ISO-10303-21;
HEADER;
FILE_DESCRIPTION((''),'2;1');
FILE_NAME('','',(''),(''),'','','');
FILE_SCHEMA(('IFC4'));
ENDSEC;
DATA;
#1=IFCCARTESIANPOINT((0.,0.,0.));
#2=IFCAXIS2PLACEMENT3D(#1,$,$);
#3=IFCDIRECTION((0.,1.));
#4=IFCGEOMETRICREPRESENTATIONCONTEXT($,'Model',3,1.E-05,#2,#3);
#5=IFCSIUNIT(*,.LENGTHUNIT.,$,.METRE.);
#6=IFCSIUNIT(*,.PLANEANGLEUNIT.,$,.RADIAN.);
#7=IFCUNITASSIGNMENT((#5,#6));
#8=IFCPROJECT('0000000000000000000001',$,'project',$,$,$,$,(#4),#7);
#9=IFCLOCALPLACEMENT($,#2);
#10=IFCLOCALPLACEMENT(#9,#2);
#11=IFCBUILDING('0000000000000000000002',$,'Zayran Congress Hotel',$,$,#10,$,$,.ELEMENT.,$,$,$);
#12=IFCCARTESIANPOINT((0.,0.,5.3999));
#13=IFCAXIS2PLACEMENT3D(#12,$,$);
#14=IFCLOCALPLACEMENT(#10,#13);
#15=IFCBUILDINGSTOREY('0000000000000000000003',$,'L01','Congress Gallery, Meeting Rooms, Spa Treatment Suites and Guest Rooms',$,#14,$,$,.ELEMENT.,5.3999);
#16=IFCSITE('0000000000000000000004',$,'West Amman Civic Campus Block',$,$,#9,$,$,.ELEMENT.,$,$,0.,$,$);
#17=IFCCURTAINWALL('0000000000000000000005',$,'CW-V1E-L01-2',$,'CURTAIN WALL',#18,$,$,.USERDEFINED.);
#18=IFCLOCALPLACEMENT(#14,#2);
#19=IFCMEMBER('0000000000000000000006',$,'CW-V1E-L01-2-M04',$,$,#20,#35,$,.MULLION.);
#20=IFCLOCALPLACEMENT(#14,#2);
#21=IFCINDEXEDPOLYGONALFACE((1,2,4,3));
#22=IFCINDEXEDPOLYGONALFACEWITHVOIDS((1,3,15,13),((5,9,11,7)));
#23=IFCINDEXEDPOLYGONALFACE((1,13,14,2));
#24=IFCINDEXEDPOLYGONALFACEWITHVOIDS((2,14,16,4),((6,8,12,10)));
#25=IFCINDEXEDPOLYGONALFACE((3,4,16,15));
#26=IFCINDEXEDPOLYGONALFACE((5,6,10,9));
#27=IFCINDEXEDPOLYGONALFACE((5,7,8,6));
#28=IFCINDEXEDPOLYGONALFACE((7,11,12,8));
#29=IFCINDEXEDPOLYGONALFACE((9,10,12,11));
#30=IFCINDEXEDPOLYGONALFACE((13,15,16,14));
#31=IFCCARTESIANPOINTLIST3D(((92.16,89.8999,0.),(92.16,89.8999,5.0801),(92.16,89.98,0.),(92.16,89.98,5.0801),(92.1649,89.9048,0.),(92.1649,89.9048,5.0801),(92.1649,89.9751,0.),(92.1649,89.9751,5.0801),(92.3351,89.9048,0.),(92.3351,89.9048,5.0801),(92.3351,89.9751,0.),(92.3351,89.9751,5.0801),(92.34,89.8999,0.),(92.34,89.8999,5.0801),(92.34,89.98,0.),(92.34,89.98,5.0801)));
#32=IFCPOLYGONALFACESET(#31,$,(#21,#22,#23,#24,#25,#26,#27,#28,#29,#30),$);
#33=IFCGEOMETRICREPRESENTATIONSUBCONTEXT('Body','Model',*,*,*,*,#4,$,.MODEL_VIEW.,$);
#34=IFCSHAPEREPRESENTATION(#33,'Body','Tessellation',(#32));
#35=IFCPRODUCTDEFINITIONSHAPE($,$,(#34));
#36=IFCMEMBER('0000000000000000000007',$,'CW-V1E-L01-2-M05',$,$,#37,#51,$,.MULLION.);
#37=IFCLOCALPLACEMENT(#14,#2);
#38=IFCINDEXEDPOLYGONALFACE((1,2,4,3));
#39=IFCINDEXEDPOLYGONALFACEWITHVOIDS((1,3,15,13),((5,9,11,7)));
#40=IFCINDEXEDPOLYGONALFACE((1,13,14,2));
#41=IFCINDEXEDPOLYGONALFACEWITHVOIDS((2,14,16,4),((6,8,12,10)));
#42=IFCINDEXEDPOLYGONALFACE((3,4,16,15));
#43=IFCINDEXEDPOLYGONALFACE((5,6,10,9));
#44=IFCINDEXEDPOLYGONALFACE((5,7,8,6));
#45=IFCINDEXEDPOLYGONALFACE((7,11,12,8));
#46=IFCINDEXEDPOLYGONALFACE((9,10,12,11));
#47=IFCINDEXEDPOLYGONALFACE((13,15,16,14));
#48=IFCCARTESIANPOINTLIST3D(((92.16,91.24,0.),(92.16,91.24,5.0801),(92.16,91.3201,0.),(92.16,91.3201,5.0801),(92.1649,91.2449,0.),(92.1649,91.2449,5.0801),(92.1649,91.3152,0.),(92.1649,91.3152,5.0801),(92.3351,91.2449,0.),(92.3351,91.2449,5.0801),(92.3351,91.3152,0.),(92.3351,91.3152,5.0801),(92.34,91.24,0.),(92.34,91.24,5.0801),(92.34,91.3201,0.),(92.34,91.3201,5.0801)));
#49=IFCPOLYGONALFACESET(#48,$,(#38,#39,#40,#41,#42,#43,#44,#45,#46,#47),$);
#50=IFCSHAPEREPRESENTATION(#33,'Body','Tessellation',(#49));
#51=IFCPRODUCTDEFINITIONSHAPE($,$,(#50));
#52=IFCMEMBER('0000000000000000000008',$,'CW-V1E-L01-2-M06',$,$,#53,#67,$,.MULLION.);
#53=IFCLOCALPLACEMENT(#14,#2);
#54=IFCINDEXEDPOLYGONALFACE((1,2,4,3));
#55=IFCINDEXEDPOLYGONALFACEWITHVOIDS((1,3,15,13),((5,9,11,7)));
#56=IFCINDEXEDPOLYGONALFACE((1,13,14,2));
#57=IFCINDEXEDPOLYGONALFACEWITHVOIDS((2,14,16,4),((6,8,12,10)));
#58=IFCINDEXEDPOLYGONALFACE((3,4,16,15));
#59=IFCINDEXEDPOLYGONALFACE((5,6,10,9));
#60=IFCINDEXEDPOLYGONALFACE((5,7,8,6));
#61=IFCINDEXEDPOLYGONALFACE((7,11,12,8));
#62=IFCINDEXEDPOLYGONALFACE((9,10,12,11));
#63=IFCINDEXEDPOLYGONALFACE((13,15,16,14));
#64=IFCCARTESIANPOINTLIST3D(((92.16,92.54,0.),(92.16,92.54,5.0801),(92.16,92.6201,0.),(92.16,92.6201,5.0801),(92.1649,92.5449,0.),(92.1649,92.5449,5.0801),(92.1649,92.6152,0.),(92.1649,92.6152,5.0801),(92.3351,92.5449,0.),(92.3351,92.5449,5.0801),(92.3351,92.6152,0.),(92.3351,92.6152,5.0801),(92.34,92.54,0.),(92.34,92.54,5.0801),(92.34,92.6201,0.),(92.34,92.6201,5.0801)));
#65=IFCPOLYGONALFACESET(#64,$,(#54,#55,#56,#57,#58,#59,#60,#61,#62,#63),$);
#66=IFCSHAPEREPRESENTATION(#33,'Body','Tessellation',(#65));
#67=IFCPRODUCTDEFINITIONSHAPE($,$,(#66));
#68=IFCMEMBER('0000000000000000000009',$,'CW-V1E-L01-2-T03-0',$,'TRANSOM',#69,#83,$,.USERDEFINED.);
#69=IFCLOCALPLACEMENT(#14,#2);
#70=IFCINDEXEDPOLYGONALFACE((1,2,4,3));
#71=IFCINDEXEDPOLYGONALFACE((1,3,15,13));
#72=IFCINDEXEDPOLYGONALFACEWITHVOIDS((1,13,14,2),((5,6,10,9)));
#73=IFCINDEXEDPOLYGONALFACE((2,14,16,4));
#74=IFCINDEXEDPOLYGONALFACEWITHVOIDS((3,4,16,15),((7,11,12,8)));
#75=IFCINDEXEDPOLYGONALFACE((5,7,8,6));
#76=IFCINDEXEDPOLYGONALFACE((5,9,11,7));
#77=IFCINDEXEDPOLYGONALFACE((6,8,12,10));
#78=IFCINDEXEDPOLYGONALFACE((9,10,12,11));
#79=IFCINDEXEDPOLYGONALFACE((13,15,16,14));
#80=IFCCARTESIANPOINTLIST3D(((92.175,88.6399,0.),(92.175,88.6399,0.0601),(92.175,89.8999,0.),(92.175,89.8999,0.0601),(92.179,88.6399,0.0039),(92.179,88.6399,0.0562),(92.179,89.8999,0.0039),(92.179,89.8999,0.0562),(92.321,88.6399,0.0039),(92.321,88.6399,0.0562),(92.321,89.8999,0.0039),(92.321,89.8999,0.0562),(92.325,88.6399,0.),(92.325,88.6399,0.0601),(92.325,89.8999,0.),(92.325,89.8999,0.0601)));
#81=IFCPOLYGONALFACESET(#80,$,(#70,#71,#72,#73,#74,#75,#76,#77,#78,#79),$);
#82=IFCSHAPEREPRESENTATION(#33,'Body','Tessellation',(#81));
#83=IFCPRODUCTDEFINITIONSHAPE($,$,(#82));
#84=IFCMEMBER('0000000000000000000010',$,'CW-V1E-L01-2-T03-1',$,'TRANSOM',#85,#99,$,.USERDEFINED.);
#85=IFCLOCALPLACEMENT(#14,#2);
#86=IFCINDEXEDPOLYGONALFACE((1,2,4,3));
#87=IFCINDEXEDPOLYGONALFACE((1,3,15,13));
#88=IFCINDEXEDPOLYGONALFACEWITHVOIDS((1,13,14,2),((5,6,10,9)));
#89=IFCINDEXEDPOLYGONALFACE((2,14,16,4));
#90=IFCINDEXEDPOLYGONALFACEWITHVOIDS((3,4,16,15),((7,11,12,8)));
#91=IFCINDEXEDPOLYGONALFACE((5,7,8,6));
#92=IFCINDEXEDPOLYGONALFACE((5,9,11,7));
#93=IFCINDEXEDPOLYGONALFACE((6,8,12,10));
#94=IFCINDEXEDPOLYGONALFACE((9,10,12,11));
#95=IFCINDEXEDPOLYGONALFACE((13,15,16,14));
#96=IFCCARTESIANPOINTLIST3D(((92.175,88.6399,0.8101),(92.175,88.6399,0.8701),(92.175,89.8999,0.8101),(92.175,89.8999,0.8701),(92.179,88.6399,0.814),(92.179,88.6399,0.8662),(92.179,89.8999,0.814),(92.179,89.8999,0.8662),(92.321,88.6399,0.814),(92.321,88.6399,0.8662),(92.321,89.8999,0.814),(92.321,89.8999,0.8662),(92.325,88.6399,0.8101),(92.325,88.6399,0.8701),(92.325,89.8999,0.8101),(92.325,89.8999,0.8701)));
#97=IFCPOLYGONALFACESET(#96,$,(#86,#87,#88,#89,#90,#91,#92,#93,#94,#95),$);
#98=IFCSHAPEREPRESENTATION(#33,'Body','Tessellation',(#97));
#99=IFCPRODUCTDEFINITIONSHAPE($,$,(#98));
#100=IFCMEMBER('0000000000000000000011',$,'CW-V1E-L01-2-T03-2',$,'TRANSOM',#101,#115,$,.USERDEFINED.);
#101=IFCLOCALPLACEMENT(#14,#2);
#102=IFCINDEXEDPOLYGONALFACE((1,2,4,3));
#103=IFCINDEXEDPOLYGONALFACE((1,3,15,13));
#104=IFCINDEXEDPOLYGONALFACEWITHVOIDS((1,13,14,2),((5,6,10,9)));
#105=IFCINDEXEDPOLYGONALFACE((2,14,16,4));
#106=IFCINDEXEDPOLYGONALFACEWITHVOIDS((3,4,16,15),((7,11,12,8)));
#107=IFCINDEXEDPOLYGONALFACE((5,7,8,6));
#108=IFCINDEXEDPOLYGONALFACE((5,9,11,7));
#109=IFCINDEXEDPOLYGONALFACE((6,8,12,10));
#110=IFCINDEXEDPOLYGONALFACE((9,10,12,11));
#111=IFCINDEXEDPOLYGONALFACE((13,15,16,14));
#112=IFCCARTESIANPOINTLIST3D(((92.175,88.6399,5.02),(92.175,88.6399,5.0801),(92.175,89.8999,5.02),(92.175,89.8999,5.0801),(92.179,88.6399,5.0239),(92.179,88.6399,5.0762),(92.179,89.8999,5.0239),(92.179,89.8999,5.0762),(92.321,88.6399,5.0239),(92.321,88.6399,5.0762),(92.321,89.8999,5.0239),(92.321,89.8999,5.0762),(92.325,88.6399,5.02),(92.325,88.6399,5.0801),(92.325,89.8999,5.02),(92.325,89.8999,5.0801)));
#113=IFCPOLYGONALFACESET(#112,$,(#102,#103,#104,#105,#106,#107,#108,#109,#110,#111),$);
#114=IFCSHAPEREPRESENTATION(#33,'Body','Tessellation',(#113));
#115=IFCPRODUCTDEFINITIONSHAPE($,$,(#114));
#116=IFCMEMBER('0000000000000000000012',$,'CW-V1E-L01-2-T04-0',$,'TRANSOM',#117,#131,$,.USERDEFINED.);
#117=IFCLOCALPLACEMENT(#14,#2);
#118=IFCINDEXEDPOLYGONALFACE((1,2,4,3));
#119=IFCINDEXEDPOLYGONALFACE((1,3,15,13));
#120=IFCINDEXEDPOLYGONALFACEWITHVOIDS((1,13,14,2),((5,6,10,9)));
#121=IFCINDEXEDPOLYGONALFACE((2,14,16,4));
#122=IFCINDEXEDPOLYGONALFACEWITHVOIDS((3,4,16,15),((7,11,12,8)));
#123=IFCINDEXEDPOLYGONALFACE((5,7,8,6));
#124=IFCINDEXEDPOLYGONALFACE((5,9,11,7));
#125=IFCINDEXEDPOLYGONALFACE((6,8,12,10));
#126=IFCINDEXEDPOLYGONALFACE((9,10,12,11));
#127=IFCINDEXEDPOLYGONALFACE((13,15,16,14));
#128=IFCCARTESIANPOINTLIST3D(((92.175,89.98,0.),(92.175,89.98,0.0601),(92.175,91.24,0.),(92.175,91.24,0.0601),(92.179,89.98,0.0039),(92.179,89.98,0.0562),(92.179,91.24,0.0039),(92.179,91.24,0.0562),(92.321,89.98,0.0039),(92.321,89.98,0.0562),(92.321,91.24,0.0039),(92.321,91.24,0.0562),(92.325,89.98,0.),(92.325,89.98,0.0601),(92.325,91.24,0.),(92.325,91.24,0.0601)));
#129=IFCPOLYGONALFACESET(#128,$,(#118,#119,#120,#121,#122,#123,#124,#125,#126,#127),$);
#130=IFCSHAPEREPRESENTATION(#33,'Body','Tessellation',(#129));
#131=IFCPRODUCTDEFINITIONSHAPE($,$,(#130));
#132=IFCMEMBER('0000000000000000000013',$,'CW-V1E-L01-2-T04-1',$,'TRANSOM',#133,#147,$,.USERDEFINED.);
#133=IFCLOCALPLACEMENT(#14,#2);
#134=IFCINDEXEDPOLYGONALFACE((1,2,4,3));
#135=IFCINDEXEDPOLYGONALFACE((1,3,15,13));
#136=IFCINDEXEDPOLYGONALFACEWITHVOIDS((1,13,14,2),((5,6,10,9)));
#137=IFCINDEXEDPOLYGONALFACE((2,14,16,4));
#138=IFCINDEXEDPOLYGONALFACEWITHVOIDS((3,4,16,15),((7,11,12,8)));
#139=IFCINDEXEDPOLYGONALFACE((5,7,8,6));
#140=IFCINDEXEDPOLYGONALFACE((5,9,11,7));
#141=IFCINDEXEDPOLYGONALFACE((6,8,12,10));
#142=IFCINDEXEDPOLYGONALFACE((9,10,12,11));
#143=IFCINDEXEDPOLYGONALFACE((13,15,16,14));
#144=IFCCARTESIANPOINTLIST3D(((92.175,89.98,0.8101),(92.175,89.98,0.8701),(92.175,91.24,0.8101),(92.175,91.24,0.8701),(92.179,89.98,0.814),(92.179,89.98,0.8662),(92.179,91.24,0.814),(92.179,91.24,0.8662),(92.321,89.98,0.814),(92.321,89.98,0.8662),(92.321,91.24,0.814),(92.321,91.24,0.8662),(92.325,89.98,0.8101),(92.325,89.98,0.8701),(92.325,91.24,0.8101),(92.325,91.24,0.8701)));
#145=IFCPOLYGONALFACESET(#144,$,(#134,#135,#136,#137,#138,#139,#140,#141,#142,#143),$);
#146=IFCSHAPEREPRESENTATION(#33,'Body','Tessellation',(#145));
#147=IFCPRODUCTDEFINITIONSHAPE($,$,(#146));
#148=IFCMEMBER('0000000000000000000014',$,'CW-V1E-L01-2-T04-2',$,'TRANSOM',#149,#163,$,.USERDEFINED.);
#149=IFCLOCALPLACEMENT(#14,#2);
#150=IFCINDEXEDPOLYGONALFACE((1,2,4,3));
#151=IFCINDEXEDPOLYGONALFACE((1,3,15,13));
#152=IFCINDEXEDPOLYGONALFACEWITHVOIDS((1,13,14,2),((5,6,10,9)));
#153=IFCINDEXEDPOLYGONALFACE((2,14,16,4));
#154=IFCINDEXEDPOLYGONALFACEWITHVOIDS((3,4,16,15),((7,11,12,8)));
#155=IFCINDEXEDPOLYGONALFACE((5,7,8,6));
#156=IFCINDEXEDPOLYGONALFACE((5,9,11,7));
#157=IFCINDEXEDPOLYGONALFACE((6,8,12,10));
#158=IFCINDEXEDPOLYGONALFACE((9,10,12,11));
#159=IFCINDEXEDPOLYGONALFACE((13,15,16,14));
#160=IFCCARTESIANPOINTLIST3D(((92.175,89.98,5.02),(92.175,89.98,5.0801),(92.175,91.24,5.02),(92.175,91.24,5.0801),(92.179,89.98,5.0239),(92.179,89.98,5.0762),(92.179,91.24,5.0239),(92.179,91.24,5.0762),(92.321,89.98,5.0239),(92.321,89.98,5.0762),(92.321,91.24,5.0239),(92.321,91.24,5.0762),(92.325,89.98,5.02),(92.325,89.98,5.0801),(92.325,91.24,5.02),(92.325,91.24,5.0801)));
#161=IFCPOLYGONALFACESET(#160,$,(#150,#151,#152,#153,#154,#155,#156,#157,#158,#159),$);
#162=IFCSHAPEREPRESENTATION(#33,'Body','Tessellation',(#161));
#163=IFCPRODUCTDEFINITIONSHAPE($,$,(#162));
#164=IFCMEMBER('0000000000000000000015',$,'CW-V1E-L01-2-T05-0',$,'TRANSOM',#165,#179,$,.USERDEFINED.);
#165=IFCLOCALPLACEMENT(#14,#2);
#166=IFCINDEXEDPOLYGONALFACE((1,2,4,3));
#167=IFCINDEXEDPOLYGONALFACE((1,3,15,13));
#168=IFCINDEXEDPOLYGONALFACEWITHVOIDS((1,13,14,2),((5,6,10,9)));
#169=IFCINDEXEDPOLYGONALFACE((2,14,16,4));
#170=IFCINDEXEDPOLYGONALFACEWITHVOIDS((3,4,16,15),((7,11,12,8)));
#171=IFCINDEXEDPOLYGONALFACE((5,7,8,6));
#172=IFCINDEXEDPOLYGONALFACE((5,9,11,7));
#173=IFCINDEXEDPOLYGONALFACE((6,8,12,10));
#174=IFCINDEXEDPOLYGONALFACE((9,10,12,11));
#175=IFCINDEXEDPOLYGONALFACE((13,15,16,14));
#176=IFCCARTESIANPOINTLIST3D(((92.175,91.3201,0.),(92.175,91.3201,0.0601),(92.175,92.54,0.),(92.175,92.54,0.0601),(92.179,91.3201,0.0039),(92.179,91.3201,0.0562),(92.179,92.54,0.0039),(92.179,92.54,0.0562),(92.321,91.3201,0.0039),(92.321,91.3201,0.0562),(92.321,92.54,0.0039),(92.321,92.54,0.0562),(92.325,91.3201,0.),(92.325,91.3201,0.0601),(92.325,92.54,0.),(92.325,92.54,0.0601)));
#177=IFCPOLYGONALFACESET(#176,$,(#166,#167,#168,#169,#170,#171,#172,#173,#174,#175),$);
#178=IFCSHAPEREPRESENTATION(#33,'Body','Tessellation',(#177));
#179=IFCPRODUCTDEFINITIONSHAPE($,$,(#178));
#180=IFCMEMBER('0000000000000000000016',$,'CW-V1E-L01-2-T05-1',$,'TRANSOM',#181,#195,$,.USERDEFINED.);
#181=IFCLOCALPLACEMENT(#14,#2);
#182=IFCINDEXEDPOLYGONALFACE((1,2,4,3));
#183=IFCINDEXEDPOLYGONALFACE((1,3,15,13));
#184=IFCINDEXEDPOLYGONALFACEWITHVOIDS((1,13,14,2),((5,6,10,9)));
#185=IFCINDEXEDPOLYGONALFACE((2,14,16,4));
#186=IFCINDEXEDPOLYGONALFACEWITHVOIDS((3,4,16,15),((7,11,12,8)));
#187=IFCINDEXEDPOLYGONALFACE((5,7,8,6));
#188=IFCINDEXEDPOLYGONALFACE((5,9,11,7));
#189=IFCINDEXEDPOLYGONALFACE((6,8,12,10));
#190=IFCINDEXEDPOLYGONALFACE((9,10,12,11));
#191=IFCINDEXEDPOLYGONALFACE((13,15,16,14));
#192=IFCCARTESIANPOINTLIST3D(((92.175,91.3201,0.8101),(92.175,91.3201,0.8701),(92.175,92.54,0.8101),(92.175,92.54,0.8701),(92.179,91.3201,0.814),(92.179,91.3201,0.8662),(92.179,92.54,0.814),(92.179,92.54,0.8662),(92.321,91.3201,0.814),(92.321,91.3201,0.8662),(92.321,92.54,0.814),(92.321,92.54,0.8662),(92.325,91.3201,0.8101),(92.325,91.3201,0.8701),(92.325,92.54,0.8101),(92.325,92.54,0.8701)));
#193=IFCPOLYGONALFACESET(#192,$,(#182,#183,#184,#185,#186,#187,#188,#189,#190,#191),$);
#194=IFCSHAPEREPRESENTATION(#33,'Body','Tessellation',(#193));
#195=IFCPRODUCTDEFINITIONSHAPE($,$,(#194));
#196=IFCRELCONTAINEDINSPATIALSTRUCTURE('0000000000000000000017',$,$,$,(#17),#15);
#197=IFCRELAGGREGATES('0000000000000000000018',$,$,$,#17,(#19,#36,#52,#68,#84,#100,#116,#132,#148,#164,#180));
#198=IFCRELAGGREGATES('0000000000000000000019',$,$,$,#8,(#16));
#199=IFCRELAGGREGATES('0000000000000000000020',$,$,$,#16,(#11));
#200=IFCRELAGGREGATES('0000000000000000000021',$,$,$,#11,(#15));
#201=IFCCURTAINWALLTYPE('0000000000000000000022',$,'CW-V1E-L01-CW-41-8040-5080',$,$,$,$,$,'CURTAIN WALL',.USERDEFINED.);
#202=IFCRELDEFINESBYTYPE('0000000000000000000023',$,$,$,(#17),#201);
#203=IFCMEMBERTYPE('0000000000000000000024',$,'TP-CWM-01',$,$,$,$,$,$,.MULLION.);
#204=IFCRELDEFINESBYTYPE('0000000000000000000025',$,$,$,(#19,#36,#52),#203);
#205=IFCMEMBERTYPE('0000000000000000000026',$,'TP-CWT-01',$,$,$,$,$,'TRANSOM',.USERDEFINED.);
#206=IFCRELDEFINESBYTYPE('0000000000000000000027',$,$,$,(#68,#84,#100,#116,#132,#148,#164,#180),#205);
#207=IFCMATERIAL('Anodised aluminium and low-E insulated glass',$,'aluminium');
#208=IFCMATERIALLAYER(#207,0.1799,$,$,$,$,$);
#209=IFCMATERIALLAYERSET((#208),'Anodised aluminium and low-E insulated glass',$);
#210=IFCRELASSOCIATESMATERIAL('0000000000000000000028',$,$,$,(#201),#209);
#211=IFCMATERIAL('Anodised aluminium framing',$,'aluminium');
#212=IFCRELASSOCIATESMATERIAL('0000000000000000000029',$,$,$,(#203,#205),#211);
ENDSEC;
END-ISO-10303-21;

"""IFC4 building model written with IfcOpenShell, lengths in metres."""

from ifc_helpers import new_model, si_unit, direction, frame, origin, origin_2d, place, context, subcontext, project, spatial, hollow_rectangle, extrude, material, layer, layer_set, material_profile, profile_set, type_object, element, aggregate, save


model = new_model("IFC4")

# Units and contexts
model_context = context("Model", 3, precision=1e-05, world=origin(), true_north=direction((0.0, 1.0)))
body_context = subcontext(model_context, "Body", "Model", "MODEL_VIEW")
ifc_project = project(units=[si_unit("LENGTHUNIT", "METRE"), si_unit("PLANEANGLEUNIT", "RADIAN")], contexts=[model_context])

# Site, building, storey
site_placement = place(None, origin())
site = spatial("IfcSite", under=ifc_project, at=site_placement, Name="West Amman Civic Campus Block", CompositionType="ELEMENT", RefElevation=0.0)
building_placement = place(site_placement, origin())
building = spatial("IfcBuilding", under=site, at=building_placement, Name="Zayran Congress Hotel", CompositionType="ELEMENT")
storey_placement = place(building_placement, frame((0.0, 0.0, 5.3999)))
storey = spatial("IfcBuildingStorey", under=building, at=storey_placement, Name="L01", Description="Congress Gallery, Meeting Rooms, Spa Treatment Suites and Guest Rooms", CompositionType="ELEMENT", Elevation=5.3999)

# Curtain wall, members
ifc_material_1 = material(Name="Anodised aluminium and low-E insulated glass", Category="aluminium")
ifc_layer_1 = layer(ifc_material_1, 0.1799)
ifc_layer_set_1 = layer_set([ifc_layer_1], Name="Anodised aluminium and low-E insulated glass")
curtain_wall_type_1 = type_object("IfcCurtainWallType", Name="CW-V1E-L01-CW-41-8040-5080", ElementType="CURTAIN WALL", PredefinedType="USERDEFINED", material=ifc_layer_set_1)
curtain_wall_1_placement = place(storey_placement, origin())
curtain_wall_1 = element("IfcCurtainWall", 1, at=curtain_wall_1_placement, inside=storey, type_object=curtain_wall_type_1, Name="CW-V1E-L01-2", ObjectType="CURTAIN WALL", PredefinedType="USERDEFINED")
ifc_material_2 = material(Name="Anodised aluminium framing", Category="aluminium")
ifc_material_profile_1 = material_profile(ifc_material_2, hollow_rectangle(XDim=0.0801, YDim=0.1799, WallThickness=0.0049, at=origin_2d()), Name="RHS 180x80x5")
ifc_profile_set_1 = profile_set([ifc_material_profile_1], Name="Anodised aluminium framing")
member_type_1 = type_object("IfcMemberType", Name="TP-CWM-01", PredefinedType="MULLION", material=ifc_profile_set_1)
member_1_placement = place(storey_placement, frame((92.25, 89.9399, 0.0), z_axis=(0.0, 0.0, 1.0), x_axis=(0.0, 1.0, 0.0)))
member_1 = element("IfcMember", 2, at=member_1_placement, type_object=member_type_1, Name="CW-V1E-L01-2-M04", PredefinedType="MULLION", context=body_context, shape_type="SweptSolid", body=[
    extrude(hollow_rectangle(XDim=0.0801, YDim=0.1799, WallThickness=0.0049, at=origin_2d()), origin(), (0.0, 0.0, 1.0), 5.0801),
])
member_2_placement = place(storey_placement, frame((92.25, 91.28, 0.0), z_axis=(0.0, 0.0, 1.0), x_axis=(0.0, 1.0, 0.0)))
member_2 = element("IfcMember", 3, at=member_2_placement, type_object=member_type_1, Name="CW-V1E-L01-2-M05", PredefinedType="MULLION", context=body_context, shape_type="SweptSolid", body=[
    extrude(hollow_rectangle(XDim=0.0801, YDim=0.1799, WallThickness=0.0049, at=origin_2d()), origin(), (0.0, 0.0, 1.0), 5.0801),
])
member_3_placement = place(storey_placement, frame((92.25, 92.5801, 0.0), z_axis=(0.0, 0.0, 1.0), x_axis=(0.0, 1.0, 0.0)))
member_3 = element("IfcMember", 4, at=member_3_placement, type_object=member_type_1, Name="CW-V1E-L01-2-M06", PredefinedType="MULLION", context=body_context, shape_type="SweptSolid", body=[
    extrude(hollow_rectangle(XDim=0.0801, YDim=0.1799, WallThickness=0.0049, at=origin_2d()), origin(), (0.0, 0.0, 1.0), 5.0801),
])
ifc_material_profile_2 = material_profile(ifc_material_2, hollow_rectangle(XDim=0.0601, YDim=0.1499, WallThickness=0.0039, at=origin_2d()), Name="RHS 150x60x4")
ifc_profile_set_2 = profile_set([ifc_material_profile_2], Name="Anodised aluminium framing")
member_type_2 = type_object("IfcMemberType", Name="TP-CWT-01", ElementType="TRANSOM", PredefinedType="USERDEFINED", material=ifc_profile_set_2)
member_4_placement = place(storey_placement, frame((92.25, 88.6399, 0.03), z_axis=(0.0, 1.0, 0.0), x_axis=(0.0, 0.0, 1.0)))
member_4 = element("IfcMember", 5, at=member_4_placement, type_object=member_type_2, Name="CW-V1E-L01-2-T03-0", ObjectType="TRANSOM", PredefinedType="USERDEFINED", context=body_context, shape_type="SweptSolid", body=[
    extrude(hollow_rectangle(XDim=0.0601, YDim=0.1499, WallThickness=0.0039, at=origin_2d()), origin(), (0.0, 0.0, 1.0), 1.26),
])
member_5_placement = place(storey_placement, frame((92.25, 88.6399, 0.8401), z_axis=(0.0, 1.0, 0.0), x_axis=(0.0, 0.0, 1.0)))
member_5 = element("IfcMember", 6, at=member_5_placement, type_object=member_type_2, Name="CW-V1E-L01-2-T03-1", ObjectType="TRANSOM", PredefinedType="USERDEFINED", context=body_context, shape_type="SweptSolid", body=[
    extrude(hollow_rectangle(XDim=0.0601, YDim=0.1499, WallThickness=0.0039, at=origin_2d()), origin(), (0.0, 0.0, 1.0), 1.26),
])
member_6_placement = place(storey_placement, frame((92.25, 88.6399, 5.05), z_axis=(0.0, 1.0, 0.0), x_axis=(0.0, 0.0, 1.0)))
member_6 = element("IfcMember", 7, at=member_6_placement, type_object=member_type_2, Name="CW-V1E-L01-2-T03-2", ObjectType="TRANSOM", PredefinedType="USERDEFINED", context=body_context, shape_type="SweptSolid", body=[
    extrude(hollow_rectangle(XDim=0.0601, YDim=0.1499, WallThickness=0.0039, at=origin_2d()), origin(), (0.0, 0.0, 1.0), 1.26),
])
member_7_placement = place(storey_placement, frame((92.25, 89.98, 0.03), z_axis=(0.0, 1.0, 0.0), x_axis=(0.0, 0.0, 1.0)))
member_7 = element("IfcMember", 8, at=member_7_placement, type_object=member_type_2, Name="CW-V1E-L01-2-T04-0", ObjectType="TRANSOM", PredefinedType="USERDEFINED", context=body_context, shape_type="SweptSolid", body=[
    extrude(hollow_rectangle(XDim=0.0601, YDim=0.1499, WallThickness=0.0039, at=origin_2d()), origin(), (0.0, 0.0, 1.0), 1.26),
])
member_8_placement = place(storey_placement, frame((92.25, 89.98, 0.8401), z_axis=(0.0, 1.0, 0.0), x_axis=(0.0, 0.0, 1.0)))
member_8 = element("IfcMember", 9, at=member_8_placement, type_object=member_type_2, Name="CW-V1E-L01-2-T04-1", ObjectType="TRANSOM", PredefinedType="USERDEFINED", context=body_context, shape_type="SweptSolid", body=[
    extrude(hollow_rectangle(XDim=0.0601, YDim=0.1499, WallThickness=0.0039, at=origin_2d()), origin(), (0.0, 0.0, 1.0), 1.26),
])
member_9_placement = place(storey_placement, frame((92.25, 89.98, 5.05), z_axis=(0.0, 1.0, 0.0), x_axis=(0.0, 0.0, 1.0)))
member_9 = element("IfcMember", 10, at=member_9_placement, type_object=member_type_2, Name="CW-V1E-L01-2-T04-2", ObjectType="TRANSOM", PredefinedType="USERDEFINED", context=body_context, shape_type="SweptSolid", body=[
    extrude(hollow_rectangle(XDim=0.0601, YDim=0.1499, WallThickness=0.0039, at=origin_2d()), origin(), (0.0, 0.0, 1.0), 1.26),
])
member_10_placement = place(storey_placement, frame((92.25, 91.3201, 0.03), z_axis=(0.0, 1.0, 0.0), x_axis=(0.0, 0.0, 1.0)))
member_10 = element("IfcMember", 11, at=member_10_placement, type_object=member_type_2, Name="CW-V1E-L01-2-T05-0", ObjectType="TRANSOM", PredefinedType="USERDEFINED", context=body_context, shape_type="SweptSolid", body=[
    extrude(hollow_rectangle(XDim=0.0601, YDim=0.1499, WallThickness=0.0039, at=origin_2d()), origin(), (0.0, 0.0, 1.0), 1.22),
])
member_11_placement = place(storey_placement, frame((92.25, 91.3201, 0.8401), z_axis=(0.0, 1.0, 0.0), x_axis=(0.0, 0.0, 1.0)))
member_11 = element("IfcMember", 12, at=member_11_placement, type_object=member_type_2, Name="CW-V1E-L01-2-T05-1", ObjectType="TRANSOM", PredefinedType="USERDEFINED", context=body_context, shape_type="SweptSolid", body=[
    extrude(hollow_rectangle(XDim=0.0601, YDim=0.1499, WallThickness=0.0039, at=origin_2d()), origin(), (0.0, 0.0, 1.0), 1.22),
])

aggregate(curtain_wall_1, [member_1, member_2, member_3, member_4, member_5, member_6, member_7, member_8, member_9, member_10, member_11])

save(model, "model.ifc")
